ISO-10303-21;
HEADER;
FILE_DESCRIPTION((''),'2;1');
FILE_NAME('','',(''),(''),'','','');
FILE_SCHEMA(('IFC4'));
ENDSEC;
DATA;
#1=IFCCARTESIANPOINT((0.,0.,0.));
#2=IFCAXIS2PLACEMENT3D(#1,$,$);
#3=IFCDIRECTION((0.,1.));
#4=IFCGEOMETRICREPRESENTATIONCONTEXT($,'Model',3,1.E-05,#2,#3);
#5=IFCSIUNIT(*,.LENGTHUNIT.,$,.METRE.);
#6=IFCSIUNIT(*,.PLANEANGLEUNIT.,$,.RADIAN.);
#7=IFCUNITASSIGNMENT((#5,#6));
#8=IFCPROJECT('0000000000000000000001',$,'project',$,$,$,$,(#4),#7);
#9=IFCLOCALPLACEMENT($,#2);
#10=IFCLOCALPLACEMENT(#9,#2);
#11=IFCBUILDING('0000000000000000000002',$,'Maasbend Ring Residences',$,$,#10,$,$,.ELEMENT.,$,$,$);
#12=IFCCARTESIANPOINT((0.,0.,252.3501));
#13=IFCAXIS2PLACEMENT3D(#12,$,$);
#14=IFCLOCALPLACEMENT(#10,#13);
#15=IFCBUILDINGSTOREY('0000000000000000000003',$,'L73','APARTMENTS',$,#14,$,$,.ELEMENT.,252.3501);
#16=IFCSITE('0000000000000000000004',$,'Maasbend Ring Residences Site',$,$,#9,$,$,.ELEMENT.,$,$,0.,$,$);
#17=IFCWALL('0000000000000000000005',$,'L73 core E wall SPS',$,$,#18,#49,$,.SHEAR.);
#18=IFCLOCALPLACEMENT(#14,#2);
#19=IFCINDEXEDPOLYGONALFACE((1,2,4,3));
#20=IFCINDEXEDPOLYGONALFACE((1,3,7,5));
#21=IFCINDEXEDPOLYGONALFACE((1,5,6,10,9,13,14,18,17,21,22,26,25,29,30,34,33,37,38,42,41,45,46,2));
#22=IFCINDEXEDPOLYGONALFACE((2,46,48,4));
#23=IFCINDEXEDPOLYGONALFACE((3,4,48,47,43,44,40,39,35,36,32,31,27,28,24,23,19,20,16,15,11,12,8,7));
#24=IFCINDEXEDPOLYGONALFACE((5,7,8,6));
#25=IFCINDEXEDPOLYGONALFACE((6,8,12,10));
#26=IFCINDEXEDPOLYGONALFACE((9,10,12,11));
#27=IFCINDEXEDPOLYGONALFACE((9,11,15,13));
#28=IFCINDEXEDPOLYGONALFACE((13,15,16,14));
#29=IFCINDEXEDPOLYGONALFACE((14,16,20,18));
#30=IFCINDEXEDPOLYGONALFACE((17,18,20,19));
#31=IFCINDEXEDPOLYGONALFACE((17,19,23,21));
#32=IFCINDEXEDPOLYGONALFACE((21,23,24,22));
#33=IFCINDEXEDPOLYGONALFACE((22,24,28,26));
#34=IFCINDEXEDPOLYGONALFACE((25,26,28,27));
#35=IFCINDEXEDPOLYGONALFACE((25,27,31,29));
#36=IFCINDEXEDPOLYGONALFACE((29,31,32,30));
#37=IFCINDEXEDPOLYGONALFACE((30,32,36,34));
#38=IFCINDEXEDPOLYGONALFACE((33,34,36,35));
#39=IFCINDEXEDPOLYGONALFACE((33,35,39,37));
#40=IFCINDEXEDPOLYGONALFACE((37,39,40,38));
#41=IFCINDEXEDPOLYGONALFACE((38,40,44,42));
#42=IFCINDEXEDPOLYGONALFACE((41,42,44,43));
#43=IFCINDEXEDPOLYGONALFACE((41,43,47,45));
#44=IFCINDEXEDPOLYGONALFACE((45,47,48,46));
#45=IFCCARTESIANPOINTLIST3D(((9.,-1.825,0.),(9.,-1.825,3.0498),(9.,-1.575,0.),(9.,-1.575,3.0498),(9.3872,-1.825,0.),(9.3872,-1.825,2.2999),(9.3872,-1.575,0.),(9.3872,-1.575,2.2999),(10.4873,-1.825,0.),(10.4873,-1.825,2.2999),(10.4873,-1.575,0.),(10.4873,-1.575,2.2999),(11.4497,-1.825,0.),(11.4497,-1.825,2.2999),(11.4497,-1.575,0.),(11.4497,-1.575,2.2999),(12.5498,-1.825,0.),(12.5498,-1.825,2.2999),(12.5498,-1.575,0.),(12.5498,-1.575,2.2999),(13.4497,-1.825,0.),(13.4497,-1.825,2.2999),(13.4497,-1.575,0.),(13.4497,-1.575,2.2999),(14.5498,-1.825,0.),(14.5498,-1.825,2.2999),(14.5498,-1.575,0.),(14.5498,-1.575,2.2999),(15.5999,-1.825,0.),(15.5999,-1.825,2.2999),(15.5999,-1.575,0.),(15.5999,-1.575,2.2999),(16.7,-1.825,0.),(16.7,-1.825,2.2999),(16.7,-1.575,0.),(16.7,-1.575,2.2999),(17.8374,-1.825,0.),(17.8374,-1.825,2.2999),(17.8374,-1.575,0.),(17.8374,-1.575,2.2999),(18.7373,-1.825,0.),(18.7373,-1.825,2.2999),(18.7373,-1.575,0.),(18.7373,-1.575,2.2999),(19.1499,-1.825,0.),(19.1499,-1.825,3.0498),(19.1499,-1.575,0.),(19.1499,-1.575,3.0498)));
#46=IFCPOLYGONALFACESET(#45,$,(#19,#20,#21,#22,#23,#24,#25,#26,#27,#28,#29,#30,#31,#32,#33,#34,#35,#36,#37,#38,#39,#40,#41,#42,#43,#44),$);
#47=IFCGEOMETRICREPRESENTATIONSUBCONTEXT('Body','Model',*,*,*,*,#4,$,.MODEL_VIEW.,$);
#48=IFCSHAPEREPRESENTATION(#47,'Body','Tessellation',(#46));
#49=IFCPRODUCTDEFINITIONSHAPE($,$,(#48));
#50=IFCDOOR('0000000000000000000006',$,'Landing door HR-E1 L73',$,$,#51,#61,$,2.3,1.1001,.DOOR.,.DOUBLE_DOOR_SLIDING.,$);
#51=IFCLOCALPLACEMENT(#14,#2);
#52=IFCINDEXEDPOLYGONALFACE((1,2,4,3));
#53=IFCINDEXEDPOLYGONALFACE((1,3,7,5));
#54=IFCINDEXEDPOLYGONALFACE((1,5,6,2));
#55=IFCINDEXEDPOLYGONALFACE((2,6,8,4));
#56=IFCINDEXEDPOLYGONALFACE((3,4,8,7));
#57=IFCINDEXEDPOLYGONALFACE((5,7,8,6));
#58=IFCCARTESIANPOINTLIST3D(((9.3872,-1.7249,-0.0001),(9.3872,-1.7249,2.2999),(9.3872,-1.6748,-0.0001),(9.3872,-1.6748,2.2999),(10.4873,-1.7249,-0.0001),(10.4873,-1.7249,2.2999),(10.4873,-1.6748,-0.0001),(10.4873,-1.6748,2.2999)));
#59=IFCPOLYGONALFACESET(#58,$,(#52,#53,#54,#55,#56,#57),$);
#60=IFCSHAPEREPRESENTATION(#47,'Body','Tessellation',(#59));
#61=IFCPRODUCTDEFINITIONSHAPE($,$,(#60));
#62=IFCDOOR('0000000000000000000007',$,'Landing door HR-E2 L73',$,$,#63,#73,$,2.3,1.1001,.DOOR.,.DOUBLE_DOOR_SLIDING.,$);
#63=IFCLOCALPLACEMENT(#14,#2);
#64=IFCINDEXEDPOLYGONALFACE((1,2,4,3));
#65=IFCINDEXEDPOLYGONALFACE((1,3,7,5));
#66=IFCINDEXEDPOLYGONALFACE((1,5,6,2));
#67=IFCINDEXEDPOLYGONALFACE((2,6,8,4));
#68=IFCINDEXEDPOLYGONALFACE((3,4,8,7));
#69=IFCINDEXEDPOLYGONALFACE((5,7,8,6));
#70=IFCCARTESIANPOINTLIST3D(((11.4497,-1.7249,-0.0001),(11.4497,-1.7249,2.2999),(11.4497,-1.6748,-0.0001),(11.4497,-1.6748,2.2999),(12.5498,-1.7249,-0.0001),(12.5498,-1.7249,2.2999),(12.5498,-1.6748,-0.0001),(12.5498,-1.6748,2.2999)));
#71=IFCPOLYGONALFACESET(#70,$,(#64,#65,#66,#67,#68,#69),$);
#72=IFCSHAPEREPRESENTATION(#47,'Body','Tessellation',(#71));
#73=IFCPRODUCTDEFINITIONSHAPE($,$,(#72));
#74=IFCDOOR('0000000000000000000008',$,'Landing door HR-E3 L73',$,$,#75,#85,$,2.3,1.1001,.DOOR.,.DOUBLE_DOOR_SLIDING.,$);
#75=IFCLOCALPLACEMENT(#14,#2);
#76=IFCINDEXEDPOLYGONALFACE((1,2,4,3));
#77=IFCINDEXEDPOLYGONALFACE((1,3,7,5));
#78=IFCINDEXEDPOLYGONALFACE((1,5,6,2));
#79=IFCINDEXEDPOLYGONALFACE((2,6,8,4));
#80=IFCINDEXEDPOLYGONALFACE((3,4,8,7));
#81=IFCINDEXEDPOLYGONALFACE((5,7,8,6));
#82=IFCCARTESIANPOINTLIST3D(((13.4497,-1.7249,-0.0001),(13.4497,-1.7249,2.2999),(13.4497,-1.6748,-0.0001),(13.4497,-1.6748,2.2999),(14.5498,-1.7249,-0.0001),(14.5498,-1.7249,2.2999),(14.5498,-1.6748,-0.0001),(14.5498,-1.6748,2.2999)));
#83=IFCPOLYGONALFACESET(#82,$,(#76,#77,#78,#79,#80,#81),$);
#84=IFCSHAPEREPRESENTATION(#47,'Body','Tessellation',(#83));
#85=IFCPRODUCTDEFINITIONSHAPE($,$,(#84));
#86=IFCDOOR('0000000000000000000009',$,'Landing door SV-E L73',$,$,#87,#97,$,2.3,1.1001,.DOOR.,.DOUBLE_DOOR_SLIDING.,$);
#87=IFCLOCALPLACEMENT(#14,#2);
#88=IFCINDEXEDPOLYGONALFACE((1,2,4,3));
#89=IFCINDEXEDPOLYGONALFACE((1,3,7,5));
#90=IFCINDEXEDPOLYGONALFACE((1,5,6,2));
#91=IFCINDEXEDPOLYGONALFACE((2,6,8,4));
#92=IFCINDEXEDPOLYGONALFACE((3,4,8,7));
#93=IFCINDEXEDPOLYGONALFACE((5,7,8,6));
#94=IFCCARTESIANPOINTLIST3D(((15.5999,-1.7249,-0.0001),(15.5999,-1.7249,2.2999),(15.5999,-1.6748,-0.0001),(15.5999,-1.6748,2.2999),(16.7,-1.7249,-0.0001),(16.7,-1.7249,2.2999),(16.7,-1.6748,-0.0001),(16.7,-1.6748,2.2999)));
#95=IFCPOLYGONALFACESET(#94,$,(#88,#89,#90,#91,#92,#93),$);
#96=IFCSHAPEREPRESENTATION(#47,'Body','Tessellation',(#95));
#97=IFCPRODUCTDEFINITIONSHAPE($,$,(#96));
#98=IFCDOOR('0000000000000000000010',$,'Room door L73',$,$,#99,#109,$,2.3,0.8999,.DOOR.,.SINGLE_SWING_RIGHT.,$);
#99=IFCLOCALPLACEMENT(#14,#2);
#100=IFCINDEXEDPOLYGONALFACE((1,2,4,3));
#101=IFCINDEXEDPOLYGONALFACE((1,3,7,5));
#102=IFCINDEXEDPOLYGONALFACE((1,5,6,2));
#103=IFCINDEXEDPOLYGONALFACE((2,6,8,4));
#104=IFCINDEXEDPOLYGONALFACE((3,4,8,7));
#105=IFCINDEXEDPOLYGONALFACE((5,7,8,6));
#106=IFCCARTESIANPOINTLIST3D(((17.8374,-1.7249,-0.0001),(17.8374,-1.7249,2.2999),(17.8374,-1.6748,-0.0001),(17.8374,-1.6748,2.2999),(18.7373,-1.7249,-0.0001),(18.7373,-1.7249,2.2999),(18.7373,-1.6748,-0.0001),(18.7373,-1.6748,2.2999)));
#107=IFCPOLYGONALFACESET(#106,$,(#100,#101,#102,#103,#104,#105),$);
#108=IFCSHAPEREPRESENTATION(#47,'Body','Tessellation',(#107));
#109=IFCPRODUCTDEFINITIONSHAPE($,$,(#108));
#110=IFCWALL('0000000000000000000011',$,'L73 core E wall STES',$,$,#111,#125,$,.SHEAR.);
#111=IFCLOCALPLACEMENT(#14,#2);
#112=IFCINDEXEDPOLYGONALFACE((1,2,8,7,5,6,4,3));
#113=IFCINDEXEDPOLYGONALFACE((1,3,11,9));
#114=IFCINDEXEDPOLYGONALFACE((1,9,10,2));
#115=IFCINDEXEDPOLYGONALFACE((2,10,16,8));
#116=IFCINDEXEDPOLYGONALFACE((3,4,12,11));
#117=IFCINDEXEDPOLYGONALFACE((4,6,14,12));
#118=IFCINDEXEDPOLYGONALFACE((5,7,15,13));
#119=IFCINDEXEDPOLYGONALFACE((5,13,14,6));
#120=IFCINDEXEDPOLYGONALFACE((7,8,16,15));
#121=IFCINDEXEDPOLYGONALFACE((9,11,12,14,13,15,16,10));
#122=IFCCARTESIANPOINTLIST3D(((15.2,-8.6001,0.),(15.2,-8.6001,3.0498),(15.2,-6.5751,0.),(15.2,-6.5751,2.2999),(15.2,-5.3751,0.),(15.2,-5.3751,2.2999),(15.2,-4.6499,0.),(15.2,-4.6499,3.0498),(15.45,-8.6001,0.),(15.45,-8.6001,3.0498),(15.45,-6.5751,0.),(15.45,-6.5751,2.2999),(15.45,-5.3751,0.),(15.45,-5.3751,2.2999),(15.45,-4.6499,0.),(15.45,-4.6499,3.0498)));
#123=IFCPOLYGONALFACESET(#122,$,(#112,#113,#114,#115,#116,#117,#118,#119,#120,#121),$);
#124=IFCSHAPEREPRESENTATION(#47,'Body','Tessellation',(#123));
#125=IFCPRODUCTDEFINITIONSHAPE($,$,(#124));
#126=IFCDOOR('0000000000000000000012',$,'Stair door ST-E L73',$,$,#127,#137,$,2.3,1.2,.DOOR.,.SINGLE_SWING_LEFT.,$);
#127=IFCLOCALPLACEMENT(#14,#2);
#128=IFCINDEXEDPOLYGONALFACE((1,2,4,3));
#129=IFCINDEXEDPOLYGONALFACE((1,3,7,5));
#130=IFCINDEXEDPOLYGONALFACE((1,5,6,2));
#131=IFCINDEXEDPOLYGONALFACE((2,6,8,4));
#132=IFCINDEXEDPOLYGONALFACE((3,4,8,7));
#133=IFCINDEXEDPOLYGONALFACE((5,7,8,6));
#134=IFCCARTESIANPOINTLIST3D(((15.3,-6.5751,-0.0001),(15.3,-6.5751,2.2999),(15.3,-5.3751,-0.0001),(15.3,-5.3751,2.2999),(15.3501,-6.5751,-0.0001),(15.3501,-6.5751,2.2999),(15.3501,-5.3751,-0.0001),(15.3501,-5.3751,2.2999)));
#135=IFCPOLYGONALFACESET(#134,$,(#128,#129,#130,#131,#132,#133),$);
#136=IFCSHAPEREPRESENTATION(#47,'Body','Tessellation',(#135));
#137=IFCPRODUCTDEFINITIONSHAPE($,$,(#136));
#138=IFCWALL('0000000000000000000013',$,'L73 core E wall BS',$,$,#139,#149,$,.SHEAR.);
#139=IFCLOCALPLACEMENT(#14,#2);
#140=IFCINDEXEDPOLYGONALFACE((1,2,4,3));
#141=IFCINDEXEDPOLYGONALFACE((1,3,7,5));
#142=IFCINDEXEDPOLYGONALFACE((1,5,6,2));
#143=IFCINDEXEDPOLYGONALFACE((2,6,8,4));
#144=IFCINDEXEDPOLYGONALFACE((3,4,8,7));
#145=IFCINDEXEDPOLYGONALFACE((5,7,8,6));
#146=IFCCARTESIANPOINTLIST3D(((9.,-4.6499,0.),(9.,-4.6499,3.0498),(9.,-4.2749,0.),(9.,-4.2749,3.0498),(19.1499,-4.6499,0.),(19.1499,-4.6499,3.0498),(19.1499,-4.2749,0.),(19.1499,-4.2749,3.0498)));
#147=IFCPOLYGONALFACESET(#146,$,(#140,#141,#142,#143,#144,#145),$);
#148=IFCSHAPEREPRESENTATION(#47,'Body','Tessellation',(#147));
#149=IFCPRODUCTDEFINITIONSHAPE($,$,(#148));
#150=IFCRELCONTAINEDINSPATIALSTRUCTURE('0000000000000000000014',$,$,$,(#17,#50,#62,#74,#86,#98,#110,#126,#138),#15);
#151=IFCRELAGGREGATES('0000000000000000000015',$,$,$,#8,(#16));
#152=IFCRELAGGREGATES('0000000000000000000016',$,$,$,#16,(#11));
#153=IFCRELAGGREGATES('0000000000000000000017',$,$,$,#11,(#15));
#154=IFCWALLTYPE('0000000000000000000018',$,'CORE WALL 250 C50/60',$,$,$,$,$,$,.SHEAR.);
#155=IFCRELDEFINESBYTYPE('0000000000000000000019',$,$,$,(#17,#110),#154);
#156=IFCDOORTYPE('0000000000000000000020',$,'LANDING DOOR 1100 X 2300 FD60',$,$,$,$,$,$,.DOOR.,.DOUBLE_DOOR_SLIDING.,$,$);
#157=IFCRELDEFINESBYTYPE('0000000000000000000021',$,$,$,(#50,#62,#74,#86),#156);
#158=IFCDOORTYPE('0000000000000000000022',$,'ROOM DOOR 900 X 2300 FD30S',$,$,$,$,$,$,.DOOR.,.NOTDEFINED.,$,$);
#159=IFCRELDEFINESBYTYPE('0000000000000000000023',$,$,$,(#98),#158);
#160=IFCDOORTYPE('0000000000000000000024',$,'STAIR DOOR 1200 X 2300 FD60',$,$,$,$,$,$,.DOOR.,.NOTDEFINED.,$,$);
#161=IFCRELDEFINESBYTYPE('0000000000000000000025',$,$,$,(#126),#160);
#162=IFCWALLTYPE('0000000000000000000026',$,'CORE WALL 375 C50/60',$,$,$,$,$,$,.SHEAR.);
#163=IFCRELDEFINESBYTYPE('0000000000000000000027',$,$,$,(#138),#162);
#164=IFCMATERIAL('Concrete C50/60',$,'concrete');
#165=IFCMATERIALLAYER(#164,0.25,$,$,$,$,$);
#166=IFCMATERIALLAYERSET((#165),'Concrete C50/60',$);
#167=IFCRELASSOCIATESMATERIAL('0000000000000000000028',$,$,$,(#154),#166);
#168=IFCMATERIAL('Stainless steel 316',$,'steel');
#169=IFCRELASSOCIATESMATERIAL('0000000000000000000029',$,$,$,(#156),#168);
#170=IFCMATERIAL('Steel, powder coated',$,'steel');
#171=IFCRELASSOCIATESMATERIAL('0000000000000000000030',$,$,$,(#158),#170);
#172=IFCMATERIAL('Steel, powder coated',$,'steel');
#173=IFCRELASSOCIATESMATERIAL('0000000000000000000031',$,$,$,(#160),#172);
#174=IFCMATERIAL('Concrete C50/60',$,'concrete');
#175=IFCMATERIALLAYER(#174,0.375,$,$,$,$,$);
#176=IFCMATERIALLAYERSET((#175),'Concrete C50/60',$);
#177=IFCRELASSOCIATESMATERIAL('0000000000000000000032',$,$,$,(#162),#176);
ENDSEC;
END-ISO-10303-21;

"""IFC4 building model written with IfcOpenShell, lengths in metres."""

from ifc_helpers import new_model, si_unit, direction, frame, frame_2d, origin, place, context, subcontext, project, spatial, rectangle, extrude, material, layer, layer_set, type_object, element, fill, save


model = new_model("IFC4")

# Units and contexts
model_context = context("Model", 3, precision=1e-05, world=origin(), true_north=direction((0.0, 1.0)))
body_context = subcontext(model_context, "Body", "Model", "MODEL_VIEW")
ifc_project = project(units=[si_unit("LENGTHUNIT", "METRE"), si_unit("PLANEANGLEUNIT", "RADIAN")], contexts=[model_context])

# Site, building, storey
site_placement = place(None, origin())
site = spatial("IfcSite", under=ifc_project, at=site_placement, Name="Maasbend Ring Residences Site", CompositionType="ELEMENT", RefElevation=0.0)
building_placement = place(site_placement, origin())
building = spatial("IfcBuilding", under=site, at=building_placement, Name="Maasbend Ring Residences", CompositionType="ELEMENT")
storey_placement = place(building_placement, frame((0.0, 0.0, 252.3501)))
storey = spatial("IfcBuildingStorey", under=building, at=storey_placement, Name="L73", Description="APARTMENTS", CompositionType="ELEMENT", Elevation=252.3501)

# Wall, openings, doors
ifc_material_1 = material(Name="Concrete C50/60", Category="concrete")
ifc_layer_1 = layer(ifc_material_1, 0.25)
ifc_layer_set_1 = layer_set([ifc_layer_1], Name="Concrete C50/60")
wall_type_1 = type_object("IfcWallType", Name="CORE WALL 250 C50/60", PredefinedType="SHEAR", material=ifc_layer_set_1)
wall_1_placement = place(storey_placement, frame((19.1499, -1.7, 0.0), z_axis=(0.0, 0.0, 1.0), x_axis=(-1.0, 0.0, 0.0)))
wall_1 = element("IfcWall", 1, at=wall_1_placement, inside=storey, type_object=wall_type_1, Name="L73 core E wall SPS", PredefinedType="SHEAR", context=body_context, shape_type="SweptSolid", body=[
    extrude(rectangle(XDim=10.1499, YDim=0.25, at=frame_2d((5.075, 0.0))), origin(), (0.0, 0.0, 1.0), 3.0498),
])
opening_1_placement = place(wall_1_placement, frame((8.6626, 0.0, 0.0)))
opening_1 = element("IfcOpeningElement", 2, at=opening_1_placement, cuts=wall_1, PredefinedType="OPENING", context=body_context, shape_type="SweptSolid", body=[
    extrude(rectangle(XDim=1.1001, YDim=2.3, at=frame_2d((0.55, 1.1499))), frame((0.0, 0.135, 0.0), z_axis=(0.0, -1.0, 0.0), x_axis=(1.0, 0.0, 0.0)), (0.0, 0.0, 1.0), 0.27),
])
opening_2_placement = place(wall_1_placement, frame((6.6001, 0.0, 0.0)))
opening_2 = element("IfcOpeningElement", 3, at=opening_2_placement, cuts=wall_1, PredefinedType="OPENING", context=body_context, shape_type="SweptSolid", body=[
    extrude(rectangle(XDim=1.1001, YDim=2.3, at=frame_2d((0.55, 1.1499))), frame((0.0, 0.135, 0.0), z_axis=(0.0, -1.0, 0.0), x_axis=(1.0, 0.0, 0.0)), (0.0, 0.0, 1.0), 0.27),
])
opening_3_placement = place(wall_1_placement, frame((4.6001, 0.0, 0.0)))
opening_3 = element("IfcOpeningElement", 4, at=opening_3_placement, cuts=wall_1, PredefinedType="OPENING", context=body_context, shape_type="SweptSolid", body=[
    extrude(rectangle(XDim=1.1001, YDim=2.3, at=frame_2d((0.55, 1.1499))), frame((0.0, 0.135, 0.0), z_axis=(0.0, -1.0, 0.0), x_axis=(1.0, 0.0, 0.0)), (0.0, 0.0, 1.0), 0.27),
])
opening_4_placement = place(wall_1_placement, frame((2.45, 0.0, 0.0)))
opening_4 = element("IfcOpeningElement", 5, at=opening_4_placement, cuts=wall_1, PredefinedType="OPENING", context=body_context, shape_type="SweptSolid", body=[
    extrude(rectangle(XDim=1.1001, YDim=2.3, at=frame_2d((0.55, 1.1499))), frame((0.0, 0.135, 0.0), z_axis=(0.0, -1.0, 0.0), x_axis=(1.0, 0.0, 0.0)), (0.0, 0.0, 1.0), 0.27),
])
opening_5_placement = place(wall_1_placement, frame((0.4126, 0.0, 0.0)))
opening_5 = element("IfcOpeningElement", 6, at=opening_5_placement, cuts=wall_1, PredefinedType="OPENING", context=body_context, shape_type="SweptSolid", body=[
    extrude(rectangle(XDim=0.8999, YDim=2.3, at=frame_2d((0.45, 1.1499))), frame((0.0, 0.135, 0.0), z_axis=(0.0, -1.0, 0.0), x_axis=(1.0, 0.0, 0.0)), (0.0, 0.0, 1.0), 0.27),
])
ifc_material_2 = material(Name="Stainless steel 316", Category="steel")
door_type_1 = type_object("IfcDoorType", Name="LANDING DOOR 1100 X 2300 FD60", OperationType="DOUBLE_DOOR_SLIDING", PredefinedType="DOOR", material=ifc_material_2)
door_1_placement = place(opening_1_placement, origin())
door_1 = element("IfcDoor", 7, at=door_1_placement, inside=storey, type_object=door_type_1, Name="Landing door HR-E1 L73", OperationType="DOUBLE_DOOR_SLIDING", OverallHeight=2.3, OverallWidth=1.1001, PredefinedType="DOOR", context=body_context, shape_type="SweptSolid", body=[
    extrude(rectangle(XDim=1.1001, YDim=2.3, at=frame_2d((0.55, 1.1499))), frame((0.0, 0.0249, 0.0), z_axis=(0.0, -1.0, 0.0), x_axis=(1.0, 0.0, 0.0)), (0.0, 0.0, 1.0), 0.05),
])
fill(opening_1, door_1)
door_2_placement = place(opening_2_placement, origin())
door_2 = element("IfcDoor", 8, at=door_2_placement, inside=storey, type_object=door_type_1, Name="Landing door HR-E2 L73", OperationType="DOUBLE_DOOR_SLIDING", OverallHeight=2.3, OverallWidth=1.1001, PredefinedType="DOOR", context=body_context, shape_type="SweptSolid", body=[
    extrude(rectangle(XDim=1.1001, YDim=2.3, at=frame_2d((0.55, 1.1499))), frame((0.0, 0.0249, 0.0), z_axis=(0.0, -1.0, 0.0), x_axis=(1.0, 0.0, 0.0)), (0.0, 0.0, 1.0), 0.05),
])
fill(opening_2, door_2)
door_3_placement = place(opening_3_placement, origin())
door_3 = element("IfcDoor", 9, at=door_3_placement, inside=storey, type_object=door_type_1, Name="Landing door HR-E3 L73", OperationType="DOUBLE_DOOR_SLIDING", OverallHeight=2.3, OverallWidth=1.1001, PredefinedType="DOOR", context=body_context, shape_type="SweptSolid", body=[
    extrude(rectangle(XDim=1.1001, YDim=2.3, at=frame_2d((0.55, 1.1499))), frame((0.0, 0.0249, 0.0), z_axis=(0.0, -1.0, 0.0), x_axis=(1.0, 0.0, 0.0)), (0.0, 0.0, 1.0), 0.05),
])
fill(opening_3, door_3)
door_4_placement = place(opening_4_placement, origin())
door_4 = element("IfcDoor", 10, at=door_4_placement, inside=storey, type_object=door_type_1, Name="Landing door SV-E L73", OperationType="DOUBLE_DOOR_SLIDING", OverallHeight=2.3, OverallWidth=1.1001, PredefinedType="DOOR", context=body_context, shape_type="SweptSolid", body=[
    extrude(rectangle(XDim=1.1001, YDim=2.3, at=frame_2d((0.55, 1.1499))), frame((0.0, 0.0249, 0.0), z_axis=(0.0, -1.0, 0.0), x_axis=(1.0, 0.0, 0.0)), (0.0, 0.0, 1.0), 0.05),
])
fill(opening_4, door_4)
ifc_material_3 = material(Name="Steel, powder coated", Category="steel")
door_type_2 = type_object("IfcDoorType", Name="ROOM DOOR 900 X 2300 FD30S", OperationType="NOTDEFINED", PredefinedType="DOOR", material=ifc_material_3)
door_5_placement = place(opening_5_placement, origin())
door_5 = element("IfcDoor", 11, at=door_5_placement, inside=storey, type_object=door_type_2, Name="Room door L73", OperationType="SINGLE_SWING_RIGHT", OverallHeight=2.3, OverallWidth=0.8999, PredefinedType="DOOR", context=body_context, shape_type="SweptSolid", body=[
    extrude(rectangle(XDim=0.8999, YDim=2.3, at=frame_2d((0.45, 1.1499))), frame((0.0, 0.0249, 0.0), z_axis=(0.0, -1.0, 0.0), x_axis=(1.0, 0.0, 0.0)), (0.0, 0.0, 1.0), 0.05),
])
fill(opening_5, door_5)

# Wall, opening, door
wall_2_placement = place(storey_placement, frame((15.325, -8.6001, 0.0), z_axis=(0.0, 0.0, 1.0), x_axis=(0.0, 1.0, 0.0)))
wall_2 = element("IfcWall", 12, at=wall_2_placement, inside=storey, type_object=wall_type_1, Name="L73 core E wall STES", PredefinedType="SHEAR", context=body_context, shape_type="SweptSolid", body=[
    extrude(rectangle(XDim=3.9502, YDim=0.25, at=frame_2d((1.9751, 0.0))), origin(), (0.0, 0.0, 1.0), 3.0498),
])
opening_6_placement = place(wall_2_placement, frame((2.0249, 0.0, 0.0)))
opening_6 = element("IfcOpeningElement", 13, at=opening_6_placement, cuts=wall_2, PredefinedType="OPENING", context=body_context, shape_type="SweptSolid", body=[
    extrude(rectangle(XDim=1.2, YDim=2.3, at=frame_2d((0.6001, 1.1499))), frame((0.0, 0.135, 0.0), z_axis=(0.0, -1.0, 0.0), x_axis=(1.0, 0.0, 0.0)), (0.0, 0.0, 1.0), 0.27),
])
ifc_material_4 = material(Name="Steel, powder coated", Category="steel")
door_type_3 = type_object("IfcDoorType", Name="STAIR DOOR 1200 X 2300 FD60", OperationType="NOTDEFINED", PredefinedType="DOOR", material=ifc_material_4)
door_6_placement = place(opening_6_placement, origin())
door_6 = element("IfcDoor", 14, at=door_6_placement, inside=storey, type_object=door_type_3, Name="Stair door ST-E L73", OperationType="SINGLE_SWING_LEFT", OverallHeight=2.3, OverallWidth=1.2, PredefinedType="DOOR", context=body_context, shape_type="SweptSolid", body=[
    extrude(rectangle(XDim=1.2, YDim=2.3, at=frame_2d((0.6001, 1.1499))), frame((0.0, 0.0249, 0.0), z_axis=(0.0, -1.0, 0.0), x_axis=(1.0, 0.0, 0.0)), (0.0, 0.0, 1.0), 0.05),
])
fill(opening_6, door_6)

# Wall
ifc_material_5 = material(Name="Concrete C50/60", Category="concrete")
ifc_layer_2 = layer(ifc_material_5, 0.375)
ifc_layer_set_2 = layer_set([ifc_layer_2], Name="Concrete C50/60")
wall_type_2 = type_object("IfcWallType", Name="CORE WALL 375 C50/60", PredefinedType="SHEAR", material=ifc_layer_set_2)
wall_3_placement = place(storey_placement, frame((9.0, -4.4624, 0.0), z_axis=(0.0, 0.0, 1.0), x_axis=(1.0, 0.0, 0.0)))
element("IfcWall", 15, at=wall_3_placement, inside=storey, type_object=wall_type_2, Name="L73 core E wall BS", PredefinedType="SHEAR", context=body_context, shape_type="SweptSolid", body=[
    extrude(rectangle(XDim=10.1499, YDim=0.375, at=frame_2d((5.075, 0.0))), origin(), (0.0, 0.0, 1.0), 3.0498),
])

save(model, "model.ifc")
